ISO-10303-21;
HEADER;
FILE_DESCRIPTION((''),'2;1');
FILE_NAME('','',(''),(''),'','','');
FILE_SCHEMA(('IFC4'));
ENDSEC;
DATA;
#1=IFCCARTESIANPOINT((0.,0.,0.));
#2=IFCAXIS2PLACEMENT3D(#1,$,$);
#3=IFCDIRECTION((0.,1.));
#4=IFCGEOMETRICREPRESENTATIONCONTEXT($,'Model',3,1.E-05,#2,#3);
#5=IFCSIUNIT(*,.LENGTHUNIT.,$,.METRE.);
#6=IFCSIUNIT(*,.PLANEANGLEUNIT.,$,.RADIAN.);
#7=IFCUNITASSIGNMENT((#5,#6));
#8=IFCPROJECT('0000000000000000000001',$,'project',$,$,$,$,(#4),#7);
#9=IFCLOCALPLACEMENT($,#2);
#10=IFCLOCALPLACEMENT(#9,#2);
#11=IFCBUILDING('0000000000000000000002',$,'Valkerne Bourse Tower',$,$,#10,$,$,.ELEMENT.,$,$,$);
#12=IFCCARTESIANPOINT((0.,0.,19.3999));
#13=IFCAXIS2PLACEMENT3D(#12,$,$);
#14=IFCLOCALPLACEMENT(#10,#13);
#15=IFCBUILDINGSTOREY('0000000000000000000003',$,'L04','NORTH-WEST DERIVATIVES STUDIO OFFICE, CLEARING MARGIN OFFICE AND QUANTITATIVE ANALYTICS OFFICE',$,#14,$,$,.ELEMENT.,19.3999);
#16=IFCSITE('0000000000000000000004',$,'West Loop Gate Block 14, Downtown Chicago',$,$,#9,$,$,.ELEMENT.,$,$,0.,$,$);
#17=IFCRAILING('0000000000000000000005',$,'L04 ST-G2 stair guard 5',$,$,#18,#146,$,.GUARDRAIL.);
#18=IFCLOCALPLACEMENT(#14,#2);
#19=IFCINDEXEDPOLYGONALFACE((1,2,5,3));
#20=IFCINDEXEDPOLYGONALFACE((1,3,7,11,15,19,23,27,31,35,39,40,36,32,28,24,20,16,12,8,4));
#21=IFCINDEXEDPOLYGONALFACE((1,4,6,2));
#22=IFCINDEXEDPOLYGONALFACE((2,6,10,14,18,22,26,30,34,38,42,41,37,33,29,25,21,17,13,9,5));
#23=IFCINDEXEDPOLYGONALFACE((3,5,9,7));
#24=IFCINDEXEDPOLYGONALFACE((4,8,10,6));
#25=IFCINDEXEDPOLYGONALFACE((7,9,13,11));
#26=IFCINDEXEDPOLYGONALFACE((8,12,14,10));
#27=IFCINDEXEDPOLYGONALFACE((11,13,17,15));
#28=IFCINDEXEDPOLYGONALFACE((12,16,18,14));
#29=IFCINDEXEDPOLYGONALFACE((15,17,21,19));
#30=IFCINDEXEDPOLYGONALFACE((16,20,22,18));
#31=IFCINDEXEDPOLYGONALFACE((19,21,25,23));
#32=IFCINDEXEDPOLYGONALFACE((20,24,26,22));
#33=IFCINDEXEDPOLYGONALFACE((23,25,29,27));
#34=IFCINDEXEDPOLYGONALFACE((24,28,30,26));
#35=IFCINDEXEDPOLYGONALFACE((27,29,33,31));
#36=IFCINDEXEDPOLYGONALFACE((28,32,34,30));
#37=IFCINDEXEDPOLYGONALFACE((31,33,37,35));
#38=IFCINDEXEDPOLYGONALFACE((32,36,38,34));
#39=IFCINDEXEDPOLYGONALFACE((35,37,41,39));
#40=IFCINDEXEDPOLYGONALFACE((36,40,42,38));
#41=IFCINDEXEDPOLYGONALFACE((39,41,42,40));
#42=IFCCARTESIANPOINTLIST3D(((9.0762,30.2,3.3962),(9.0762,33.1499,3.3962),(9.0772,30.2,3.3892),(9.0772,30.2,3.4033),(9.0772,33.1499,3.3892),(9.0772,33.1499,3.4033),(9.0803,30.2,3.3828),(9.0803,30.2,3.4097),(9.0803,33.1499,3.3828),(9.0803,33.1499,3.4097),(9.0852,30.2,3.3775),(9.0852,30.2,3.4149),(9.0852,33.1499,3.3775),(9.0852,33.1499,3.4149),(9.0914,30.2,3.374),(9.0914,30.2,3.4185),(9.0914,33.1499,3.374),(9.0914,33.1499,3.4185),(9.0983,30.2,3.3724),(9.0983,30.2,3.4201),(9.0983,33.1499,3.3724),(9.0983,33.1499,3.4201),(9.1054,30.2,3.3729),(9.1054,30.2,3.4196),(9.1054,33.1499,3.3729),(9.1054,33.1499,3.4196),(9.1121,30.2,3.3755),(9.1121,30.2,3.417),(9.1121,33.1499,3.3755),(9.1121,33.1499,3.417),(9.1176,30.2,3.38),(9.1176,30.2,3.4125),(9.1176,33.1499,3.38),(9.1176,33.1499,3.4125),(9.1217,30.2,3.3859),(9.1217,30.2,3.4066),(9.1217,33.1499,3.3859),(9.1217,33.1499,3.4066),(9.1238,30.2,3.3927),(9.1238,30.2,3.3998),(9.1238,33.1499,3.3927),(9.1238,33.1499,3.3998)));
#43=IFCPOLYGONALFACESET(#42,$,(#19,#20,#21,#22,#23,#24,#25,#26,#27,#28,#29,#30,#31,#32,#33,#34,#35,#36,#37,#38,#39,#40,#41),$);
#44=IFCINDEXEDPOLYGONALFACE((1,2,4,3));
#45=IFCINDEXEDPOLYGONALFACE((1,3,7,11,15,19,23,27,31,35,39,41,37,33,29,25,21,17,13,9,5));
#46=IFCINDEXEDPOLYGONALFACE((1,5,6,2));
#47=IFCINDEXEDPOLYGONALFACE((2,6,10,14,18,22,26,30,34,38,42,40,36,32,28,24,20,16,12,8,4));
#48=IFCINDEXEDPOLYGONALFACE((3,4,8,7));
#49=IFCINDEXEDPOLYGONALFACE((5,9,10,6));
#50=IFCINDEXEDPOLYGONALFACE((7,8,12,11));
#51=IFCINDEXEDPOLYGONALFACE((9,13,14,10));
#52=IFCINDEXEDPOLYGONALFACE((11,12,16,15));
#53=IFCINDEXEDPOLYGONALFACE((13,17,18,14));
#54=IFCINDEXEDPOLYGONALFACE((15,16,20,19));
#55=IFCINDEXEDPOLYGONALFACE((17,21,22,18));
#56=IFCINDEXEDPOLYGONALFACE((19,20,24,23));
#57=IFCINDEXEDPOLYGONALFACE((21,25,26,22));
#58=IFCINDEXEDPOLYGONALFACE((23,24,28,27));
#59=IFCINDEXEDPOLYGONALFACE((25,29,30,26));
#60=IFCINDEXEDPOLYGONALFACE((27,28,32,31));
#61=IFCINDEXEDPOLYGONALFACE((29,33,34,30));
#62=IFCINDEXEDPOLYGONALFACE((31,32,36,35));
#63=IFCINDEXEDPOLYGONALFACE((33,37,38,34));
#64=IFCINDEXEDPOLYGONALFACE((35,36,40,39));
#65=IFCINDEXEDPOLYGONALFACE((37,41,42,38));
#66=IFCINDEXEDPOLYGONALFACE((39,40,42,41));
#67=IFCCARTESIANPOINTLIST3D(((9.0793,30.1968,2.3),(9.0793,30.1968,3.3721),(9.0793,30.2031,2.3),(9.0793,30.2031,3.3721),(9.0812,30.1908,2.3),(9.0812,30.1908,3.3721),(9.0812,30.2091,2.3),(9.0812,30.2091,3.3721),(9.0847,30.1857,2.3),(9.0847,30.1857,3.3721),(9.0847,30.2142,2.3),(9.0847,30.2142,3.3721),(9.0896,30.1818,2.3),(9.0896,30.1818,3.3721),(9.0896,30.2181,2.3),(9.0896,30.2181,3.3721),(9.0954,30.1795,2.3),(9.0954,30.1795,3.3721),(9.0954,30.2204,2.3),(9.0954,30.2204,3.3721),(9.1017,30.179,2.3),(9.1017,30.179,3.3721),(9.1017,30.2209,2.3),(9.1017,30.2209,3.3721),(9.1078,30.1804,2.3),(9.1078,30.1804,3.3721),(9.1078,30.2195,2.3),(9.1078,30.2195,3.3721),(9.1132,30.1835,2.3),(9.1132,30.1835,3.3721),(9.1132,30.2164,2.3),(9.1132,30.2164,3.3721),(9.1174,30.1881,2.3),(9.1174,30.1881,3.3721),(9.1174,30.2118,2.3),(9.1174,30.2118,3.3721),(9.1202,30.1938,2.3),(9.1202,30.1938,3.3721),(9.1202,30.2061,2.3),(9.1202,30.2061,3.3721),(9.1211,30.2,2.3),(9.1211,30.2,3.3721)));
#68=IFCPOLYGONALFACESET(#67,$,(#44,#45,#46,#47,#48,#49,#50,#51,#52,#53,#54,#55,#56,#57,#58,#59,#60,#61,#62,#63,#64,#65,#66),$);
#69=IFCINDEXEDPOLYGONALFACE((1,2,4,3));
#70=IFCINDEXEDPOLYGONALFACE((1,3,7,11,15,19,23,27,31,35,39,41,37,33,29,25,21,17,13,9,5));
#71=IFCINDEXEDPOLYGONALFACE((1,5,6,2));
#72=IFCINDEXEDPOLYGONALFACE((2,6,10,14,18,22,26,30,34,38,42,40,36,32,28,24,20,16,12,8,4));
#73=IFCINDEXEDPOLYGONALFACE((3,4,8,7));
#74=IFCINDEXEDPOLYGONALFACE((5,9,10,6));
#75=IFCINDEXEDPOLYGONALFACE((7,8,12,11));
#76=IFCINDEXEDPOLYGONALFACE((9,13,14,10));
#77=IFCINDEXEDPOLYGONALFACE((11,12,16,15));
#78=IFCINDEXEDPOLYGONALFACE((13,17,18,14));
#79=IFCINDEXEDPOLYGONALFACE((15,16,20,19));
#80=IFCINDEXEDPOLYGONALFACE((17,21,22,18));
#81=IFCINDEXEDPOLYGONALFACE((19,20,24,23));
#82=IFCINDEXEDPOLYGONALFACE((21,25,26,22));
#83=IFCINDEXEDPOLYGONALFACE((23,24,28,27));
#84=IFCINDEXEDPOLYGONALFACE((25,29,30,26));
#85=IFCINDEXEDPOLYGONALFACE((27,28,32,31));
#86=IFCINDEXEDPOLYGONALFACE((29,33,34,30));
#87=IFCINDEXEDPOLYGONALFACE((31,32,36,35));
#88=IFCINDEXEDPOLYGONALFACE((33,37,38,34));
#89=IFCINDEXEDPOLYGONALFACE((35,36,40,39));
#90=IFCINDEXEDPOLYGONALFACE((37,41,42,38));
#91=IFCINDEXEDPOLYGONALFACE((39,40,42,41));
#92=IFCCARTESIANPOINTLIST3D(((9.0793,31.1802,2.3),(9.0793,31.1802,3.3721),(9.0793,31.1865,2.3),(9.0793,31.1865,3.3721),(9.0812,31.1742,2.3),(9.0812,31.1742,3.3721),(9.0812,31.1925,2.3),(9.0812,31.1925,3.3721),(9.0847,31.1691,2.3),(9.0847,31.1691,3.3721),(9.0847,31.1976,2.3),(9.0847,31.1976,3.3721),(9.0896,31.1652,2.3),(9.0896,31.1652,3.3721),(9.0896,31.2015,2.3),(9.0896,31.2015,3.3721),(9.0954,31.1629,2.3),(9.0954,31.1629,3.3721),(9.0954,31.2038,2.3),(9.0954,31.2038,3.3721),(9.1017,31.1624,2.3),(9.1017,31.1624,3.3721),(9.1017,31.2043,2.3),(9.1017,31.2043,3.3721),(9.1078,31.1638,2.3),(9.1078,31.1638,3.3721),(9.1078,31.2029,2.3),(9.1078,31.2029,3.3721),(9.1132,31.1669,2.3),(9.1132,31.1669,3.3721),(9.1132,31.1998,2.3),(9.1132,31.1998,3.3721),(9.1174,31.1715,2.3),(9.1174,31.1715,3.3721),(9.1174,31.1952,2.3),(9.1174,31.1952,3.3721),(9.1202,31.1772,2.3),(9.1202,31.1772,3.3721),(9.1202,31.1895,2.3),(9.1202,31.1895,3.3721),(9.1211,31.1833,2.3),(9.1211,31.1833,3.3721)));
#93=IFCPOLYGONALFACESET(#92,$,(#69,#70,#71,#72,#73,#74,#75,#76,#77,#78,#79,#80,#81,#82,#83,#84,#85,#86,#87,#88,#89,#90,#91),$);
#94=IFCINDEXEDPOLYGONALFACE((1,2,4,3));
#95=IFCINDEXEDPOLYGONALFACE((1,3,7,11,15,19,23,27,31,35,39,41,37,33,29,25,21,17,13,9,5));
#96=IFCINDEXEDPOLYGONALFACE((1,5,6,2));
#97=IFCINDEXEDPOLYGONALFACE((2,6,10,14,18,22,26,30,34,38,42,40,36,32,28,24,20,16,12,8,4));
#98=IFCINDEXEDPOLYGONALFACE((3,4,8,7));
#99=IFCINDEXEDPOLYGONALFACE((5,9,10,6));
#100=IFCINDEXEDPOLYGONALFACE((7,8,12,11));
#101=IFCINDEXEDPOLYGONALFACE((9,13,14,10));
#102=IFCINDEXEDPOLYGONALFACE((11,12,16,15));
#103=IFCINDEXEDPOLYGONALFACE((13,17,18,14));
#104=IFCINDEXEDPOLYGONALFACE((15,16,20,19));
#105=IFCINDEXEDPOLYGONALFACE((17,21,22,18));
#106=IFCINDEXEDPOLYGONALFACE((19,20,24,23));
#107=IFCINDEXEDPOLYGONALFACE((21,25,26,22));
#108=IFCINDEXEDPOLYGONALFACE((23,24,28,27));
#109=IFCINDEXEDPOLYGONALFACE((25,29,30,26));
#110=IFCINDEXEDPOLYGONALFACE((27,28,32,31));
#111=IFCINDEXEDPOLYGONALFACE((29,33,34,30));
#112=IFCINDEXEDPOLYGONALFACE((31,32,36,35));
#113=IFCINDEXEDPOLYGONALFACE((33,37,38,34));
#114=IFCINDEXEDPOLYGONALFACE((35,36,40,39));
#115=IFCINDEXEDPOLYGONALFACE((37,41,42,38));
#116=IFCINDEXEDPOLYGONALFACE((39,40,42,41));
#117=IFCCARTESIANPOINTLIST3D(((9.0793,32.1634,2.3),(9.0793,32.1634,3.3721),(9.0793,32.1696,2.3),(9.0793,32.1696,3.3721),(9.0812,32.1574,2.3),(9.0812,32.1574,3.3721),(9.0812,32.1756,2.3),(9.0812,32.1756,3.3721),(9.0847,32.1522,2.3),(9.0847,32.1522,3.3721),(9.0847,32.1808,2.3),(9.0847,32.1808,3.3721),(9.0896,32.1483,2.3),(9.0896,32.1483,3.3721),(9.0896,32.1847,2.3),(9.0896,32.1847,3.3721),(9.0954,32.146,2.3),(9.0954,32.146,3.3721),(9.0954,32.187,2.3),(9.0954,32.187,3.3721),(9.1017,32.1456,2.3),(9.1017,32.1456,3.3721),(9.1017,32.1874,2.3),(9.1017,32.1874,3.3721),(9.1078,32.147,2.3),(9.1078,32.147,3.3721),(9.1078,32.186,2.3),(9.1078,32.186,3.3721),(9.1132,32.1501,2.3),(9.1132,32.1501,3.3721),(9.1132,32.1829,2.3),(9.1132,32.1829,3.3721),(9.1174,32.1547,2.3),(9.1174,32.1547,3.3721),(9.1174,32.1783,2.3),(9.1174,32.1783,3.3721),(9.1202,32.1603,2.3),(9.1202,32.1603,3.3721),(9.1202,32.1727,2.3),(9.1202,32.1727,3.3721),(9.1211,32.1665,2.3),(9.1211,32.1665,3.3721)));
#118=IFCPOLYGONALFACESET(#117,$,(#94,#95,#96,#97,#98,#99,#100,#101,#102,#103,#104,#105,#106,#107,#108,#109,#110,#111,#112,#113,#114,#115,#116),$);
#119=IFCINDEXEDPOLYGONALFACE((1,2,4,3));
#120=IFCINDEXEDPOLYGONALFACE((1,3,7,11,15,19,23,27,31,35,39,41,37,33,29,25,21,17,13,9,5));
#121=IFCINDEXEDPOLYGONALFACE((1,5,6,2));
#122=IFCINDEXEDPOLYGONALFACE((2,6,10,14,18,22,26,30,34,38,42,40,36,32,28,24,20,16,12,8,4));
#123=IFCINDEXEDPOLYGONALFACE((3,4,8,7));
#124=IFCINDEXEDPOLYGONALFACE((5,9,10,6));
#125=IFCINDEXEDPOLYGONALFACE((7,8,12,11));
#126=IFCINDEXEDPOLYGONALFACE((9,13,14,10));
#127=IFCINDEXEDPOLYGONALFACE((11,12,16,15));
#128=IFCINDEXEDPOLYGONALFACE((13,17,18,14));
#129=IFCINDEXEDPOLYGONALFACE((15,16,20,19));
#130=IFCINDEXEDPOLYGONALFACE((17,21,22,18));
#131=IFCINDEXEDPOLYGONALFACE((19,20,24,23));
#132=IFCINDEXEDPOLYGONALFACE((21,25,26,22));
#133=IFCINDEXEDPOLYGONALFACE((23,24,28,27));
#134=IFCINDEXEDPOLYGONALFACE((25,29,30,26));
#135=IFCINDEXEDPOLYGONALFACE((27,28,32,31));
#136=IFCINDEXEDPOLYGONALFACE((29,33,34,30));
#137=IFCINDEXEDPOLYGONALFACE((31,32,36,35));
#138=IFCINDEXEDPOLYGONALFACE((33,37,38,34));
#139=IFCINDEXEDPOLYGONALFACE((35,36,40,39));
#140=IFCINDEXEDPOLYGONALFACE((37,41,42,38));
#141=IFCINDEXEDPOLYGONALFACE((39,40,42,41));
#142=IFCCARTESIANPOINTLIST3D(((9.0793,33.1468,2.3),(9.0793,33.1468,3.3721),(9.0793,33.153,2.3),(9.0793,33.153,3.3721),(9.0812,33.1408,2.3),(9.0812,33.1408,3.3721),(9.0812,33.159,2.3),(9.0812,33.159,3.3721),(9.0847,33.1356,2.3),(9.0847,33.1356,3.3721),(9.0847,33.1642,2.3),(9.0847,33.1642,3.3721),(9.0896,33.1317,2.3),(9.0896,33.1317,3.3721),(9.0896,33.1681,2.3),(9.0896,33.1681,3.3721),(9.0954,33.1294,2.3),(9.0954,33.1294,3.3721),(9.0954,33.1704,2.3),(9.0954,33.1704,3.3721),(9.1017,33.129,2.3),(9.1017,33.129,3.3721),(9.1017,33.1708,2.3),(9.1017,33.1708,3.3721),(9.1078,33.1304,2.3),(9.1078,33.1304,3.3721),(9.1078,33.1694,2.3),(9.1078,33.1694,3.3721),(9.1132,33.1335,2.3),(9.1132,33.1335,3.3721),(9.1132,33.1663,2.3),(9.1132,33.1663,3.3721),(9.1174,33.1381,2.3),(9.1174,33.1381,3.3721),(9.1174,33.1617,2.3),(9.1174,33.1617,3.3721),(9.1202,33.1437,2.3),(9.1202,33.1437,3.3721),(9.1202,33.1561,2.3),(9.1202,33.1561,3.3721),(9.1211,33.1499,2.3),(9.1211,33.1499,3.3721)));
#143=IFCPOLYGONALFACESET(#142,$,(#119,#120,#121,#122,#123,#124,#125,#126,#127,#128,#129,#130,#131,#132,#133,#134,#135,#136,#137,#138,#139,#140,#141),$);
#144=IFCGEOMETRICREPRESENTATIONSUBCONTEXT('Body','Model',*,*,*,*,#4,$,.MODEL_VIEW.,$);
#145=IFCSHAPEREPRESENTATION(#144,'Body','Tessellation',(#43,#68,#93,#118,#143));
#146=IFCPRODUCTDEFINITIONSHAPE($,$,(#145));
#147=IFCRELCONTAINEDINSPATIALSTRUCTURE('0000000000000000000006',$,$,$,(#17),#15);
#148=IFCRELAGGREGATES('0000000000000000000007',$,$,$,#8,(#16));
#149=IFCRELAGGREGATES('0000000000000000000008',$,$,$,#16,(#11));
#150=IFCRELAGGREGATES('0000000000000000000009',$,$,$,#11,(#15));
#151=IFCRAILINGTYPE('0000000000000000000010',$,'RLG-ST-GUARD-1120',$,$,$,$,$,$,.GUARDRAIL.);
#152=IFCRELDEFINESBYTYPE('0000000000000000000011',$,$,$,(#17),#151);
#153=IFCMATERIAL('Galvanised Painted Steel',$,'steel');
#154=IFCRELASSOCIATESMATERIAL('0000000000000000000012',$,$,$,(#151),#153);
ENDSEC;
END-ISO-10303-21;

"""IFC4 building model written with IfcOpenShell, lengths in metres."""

from ifc_helpers import new_model, si_unit, direction, frame, origin, origin_2d, place, context, subcontext, project, spatial, circle, extrude, material, type_object, element, save


model = new_model("IFC4")

# Units and contexts
model_context = context("Model", 3, precision=1e-05, world=origin(), true_north=direction((0.0, 1.0)))
body_context = subcontext(model_context, "Body", "Model", "MODEL_VIEW")
ifc_project = project(units=[si_unit("LENGTHUNIT", "METRE"), si_unit("PLANEANGLEUNIT", "RADIAN")], contexts=[model_context])

# Site, building, storey
site_placement = place(None, origin())
site = spatial("IfcSite", under=ifc_project, at=site_placement, Name="West Loop Gate Block 14, Downtown Chicago", CompositionType="ELEMENT", RefElevation=0.0)
building_placement = place(site_placement, origin())
building = spatial("IfcBuilding", under=site, at=building_placement, Name="Valkerne Bourse Tower", CompositionType="ELEMENT")
storey_placement = place(building_placement, frame((0.0, 0.0, 19.3999)))
storey = spatial("IfcBuildingStorey", under=building, at=storey_placement, Name="L04", Description="NORTH-WEST DERIVATIVES STUDIO OFFICE, CLEARING MARGIN OFFICE AND QUANTITATIVE ANALYTICS OFFICE", CompositionType="ELEMENT", Elevation=19.3999)

# Shared definitions
ifc_material_1 = material(Name="Galvanised Painted Steel", Category="steel")

# Railing
railing_type_1 = type_object("IfcRailingType", Name="RLG-ST-GUARD-1120", PredefinedType="GUARDRAIL", material=ifc_material_1)
railing_1_placement = place(storey_placement, frame((9.1001, 30.2, 2.3)))
element("IfcRailing", 1, at=railing_1_placement, inside=storey, type_object=railing_type_1, Name="L04 ST-G2 stair guard 5", PredefinedType="GUARDRAIL", context=body_context, shape_type="SweptSolid", body=[
    extrude(circle(Radius=0.0239, at=origin_2d()), frame((0.0, 0.0, 1.0962), z_axis=(0.0, 1.0, 0.0), x_axis=(-1.0, 0.0, 0.0)), (0.0, 0.0, 1.0), 2.95),
    extrude(circle(Radius=0.021, at=origin_2d()), origin(), (0.0, 0.0, 1.0), 1.072),
    extrude(circle(Radius=0.021, at=origin_2d()), frame((0.0, 0.9834, 0.0)), (0.0, 0.0, 1.0), 1.072),
    extrude(circle(Radius=0.021, at=origin_2d()), frame((0.0, 1.9666, 0.0)), (0.0, 0.0, 1.0), 1.072),
    extrude(circle(Radius=0.021, at=origin_2d()), frame((0.0, 2.95, 0.0)), (0.0, 0.0, 1.0), 1.072),
])

save(model, "model.ifc")
